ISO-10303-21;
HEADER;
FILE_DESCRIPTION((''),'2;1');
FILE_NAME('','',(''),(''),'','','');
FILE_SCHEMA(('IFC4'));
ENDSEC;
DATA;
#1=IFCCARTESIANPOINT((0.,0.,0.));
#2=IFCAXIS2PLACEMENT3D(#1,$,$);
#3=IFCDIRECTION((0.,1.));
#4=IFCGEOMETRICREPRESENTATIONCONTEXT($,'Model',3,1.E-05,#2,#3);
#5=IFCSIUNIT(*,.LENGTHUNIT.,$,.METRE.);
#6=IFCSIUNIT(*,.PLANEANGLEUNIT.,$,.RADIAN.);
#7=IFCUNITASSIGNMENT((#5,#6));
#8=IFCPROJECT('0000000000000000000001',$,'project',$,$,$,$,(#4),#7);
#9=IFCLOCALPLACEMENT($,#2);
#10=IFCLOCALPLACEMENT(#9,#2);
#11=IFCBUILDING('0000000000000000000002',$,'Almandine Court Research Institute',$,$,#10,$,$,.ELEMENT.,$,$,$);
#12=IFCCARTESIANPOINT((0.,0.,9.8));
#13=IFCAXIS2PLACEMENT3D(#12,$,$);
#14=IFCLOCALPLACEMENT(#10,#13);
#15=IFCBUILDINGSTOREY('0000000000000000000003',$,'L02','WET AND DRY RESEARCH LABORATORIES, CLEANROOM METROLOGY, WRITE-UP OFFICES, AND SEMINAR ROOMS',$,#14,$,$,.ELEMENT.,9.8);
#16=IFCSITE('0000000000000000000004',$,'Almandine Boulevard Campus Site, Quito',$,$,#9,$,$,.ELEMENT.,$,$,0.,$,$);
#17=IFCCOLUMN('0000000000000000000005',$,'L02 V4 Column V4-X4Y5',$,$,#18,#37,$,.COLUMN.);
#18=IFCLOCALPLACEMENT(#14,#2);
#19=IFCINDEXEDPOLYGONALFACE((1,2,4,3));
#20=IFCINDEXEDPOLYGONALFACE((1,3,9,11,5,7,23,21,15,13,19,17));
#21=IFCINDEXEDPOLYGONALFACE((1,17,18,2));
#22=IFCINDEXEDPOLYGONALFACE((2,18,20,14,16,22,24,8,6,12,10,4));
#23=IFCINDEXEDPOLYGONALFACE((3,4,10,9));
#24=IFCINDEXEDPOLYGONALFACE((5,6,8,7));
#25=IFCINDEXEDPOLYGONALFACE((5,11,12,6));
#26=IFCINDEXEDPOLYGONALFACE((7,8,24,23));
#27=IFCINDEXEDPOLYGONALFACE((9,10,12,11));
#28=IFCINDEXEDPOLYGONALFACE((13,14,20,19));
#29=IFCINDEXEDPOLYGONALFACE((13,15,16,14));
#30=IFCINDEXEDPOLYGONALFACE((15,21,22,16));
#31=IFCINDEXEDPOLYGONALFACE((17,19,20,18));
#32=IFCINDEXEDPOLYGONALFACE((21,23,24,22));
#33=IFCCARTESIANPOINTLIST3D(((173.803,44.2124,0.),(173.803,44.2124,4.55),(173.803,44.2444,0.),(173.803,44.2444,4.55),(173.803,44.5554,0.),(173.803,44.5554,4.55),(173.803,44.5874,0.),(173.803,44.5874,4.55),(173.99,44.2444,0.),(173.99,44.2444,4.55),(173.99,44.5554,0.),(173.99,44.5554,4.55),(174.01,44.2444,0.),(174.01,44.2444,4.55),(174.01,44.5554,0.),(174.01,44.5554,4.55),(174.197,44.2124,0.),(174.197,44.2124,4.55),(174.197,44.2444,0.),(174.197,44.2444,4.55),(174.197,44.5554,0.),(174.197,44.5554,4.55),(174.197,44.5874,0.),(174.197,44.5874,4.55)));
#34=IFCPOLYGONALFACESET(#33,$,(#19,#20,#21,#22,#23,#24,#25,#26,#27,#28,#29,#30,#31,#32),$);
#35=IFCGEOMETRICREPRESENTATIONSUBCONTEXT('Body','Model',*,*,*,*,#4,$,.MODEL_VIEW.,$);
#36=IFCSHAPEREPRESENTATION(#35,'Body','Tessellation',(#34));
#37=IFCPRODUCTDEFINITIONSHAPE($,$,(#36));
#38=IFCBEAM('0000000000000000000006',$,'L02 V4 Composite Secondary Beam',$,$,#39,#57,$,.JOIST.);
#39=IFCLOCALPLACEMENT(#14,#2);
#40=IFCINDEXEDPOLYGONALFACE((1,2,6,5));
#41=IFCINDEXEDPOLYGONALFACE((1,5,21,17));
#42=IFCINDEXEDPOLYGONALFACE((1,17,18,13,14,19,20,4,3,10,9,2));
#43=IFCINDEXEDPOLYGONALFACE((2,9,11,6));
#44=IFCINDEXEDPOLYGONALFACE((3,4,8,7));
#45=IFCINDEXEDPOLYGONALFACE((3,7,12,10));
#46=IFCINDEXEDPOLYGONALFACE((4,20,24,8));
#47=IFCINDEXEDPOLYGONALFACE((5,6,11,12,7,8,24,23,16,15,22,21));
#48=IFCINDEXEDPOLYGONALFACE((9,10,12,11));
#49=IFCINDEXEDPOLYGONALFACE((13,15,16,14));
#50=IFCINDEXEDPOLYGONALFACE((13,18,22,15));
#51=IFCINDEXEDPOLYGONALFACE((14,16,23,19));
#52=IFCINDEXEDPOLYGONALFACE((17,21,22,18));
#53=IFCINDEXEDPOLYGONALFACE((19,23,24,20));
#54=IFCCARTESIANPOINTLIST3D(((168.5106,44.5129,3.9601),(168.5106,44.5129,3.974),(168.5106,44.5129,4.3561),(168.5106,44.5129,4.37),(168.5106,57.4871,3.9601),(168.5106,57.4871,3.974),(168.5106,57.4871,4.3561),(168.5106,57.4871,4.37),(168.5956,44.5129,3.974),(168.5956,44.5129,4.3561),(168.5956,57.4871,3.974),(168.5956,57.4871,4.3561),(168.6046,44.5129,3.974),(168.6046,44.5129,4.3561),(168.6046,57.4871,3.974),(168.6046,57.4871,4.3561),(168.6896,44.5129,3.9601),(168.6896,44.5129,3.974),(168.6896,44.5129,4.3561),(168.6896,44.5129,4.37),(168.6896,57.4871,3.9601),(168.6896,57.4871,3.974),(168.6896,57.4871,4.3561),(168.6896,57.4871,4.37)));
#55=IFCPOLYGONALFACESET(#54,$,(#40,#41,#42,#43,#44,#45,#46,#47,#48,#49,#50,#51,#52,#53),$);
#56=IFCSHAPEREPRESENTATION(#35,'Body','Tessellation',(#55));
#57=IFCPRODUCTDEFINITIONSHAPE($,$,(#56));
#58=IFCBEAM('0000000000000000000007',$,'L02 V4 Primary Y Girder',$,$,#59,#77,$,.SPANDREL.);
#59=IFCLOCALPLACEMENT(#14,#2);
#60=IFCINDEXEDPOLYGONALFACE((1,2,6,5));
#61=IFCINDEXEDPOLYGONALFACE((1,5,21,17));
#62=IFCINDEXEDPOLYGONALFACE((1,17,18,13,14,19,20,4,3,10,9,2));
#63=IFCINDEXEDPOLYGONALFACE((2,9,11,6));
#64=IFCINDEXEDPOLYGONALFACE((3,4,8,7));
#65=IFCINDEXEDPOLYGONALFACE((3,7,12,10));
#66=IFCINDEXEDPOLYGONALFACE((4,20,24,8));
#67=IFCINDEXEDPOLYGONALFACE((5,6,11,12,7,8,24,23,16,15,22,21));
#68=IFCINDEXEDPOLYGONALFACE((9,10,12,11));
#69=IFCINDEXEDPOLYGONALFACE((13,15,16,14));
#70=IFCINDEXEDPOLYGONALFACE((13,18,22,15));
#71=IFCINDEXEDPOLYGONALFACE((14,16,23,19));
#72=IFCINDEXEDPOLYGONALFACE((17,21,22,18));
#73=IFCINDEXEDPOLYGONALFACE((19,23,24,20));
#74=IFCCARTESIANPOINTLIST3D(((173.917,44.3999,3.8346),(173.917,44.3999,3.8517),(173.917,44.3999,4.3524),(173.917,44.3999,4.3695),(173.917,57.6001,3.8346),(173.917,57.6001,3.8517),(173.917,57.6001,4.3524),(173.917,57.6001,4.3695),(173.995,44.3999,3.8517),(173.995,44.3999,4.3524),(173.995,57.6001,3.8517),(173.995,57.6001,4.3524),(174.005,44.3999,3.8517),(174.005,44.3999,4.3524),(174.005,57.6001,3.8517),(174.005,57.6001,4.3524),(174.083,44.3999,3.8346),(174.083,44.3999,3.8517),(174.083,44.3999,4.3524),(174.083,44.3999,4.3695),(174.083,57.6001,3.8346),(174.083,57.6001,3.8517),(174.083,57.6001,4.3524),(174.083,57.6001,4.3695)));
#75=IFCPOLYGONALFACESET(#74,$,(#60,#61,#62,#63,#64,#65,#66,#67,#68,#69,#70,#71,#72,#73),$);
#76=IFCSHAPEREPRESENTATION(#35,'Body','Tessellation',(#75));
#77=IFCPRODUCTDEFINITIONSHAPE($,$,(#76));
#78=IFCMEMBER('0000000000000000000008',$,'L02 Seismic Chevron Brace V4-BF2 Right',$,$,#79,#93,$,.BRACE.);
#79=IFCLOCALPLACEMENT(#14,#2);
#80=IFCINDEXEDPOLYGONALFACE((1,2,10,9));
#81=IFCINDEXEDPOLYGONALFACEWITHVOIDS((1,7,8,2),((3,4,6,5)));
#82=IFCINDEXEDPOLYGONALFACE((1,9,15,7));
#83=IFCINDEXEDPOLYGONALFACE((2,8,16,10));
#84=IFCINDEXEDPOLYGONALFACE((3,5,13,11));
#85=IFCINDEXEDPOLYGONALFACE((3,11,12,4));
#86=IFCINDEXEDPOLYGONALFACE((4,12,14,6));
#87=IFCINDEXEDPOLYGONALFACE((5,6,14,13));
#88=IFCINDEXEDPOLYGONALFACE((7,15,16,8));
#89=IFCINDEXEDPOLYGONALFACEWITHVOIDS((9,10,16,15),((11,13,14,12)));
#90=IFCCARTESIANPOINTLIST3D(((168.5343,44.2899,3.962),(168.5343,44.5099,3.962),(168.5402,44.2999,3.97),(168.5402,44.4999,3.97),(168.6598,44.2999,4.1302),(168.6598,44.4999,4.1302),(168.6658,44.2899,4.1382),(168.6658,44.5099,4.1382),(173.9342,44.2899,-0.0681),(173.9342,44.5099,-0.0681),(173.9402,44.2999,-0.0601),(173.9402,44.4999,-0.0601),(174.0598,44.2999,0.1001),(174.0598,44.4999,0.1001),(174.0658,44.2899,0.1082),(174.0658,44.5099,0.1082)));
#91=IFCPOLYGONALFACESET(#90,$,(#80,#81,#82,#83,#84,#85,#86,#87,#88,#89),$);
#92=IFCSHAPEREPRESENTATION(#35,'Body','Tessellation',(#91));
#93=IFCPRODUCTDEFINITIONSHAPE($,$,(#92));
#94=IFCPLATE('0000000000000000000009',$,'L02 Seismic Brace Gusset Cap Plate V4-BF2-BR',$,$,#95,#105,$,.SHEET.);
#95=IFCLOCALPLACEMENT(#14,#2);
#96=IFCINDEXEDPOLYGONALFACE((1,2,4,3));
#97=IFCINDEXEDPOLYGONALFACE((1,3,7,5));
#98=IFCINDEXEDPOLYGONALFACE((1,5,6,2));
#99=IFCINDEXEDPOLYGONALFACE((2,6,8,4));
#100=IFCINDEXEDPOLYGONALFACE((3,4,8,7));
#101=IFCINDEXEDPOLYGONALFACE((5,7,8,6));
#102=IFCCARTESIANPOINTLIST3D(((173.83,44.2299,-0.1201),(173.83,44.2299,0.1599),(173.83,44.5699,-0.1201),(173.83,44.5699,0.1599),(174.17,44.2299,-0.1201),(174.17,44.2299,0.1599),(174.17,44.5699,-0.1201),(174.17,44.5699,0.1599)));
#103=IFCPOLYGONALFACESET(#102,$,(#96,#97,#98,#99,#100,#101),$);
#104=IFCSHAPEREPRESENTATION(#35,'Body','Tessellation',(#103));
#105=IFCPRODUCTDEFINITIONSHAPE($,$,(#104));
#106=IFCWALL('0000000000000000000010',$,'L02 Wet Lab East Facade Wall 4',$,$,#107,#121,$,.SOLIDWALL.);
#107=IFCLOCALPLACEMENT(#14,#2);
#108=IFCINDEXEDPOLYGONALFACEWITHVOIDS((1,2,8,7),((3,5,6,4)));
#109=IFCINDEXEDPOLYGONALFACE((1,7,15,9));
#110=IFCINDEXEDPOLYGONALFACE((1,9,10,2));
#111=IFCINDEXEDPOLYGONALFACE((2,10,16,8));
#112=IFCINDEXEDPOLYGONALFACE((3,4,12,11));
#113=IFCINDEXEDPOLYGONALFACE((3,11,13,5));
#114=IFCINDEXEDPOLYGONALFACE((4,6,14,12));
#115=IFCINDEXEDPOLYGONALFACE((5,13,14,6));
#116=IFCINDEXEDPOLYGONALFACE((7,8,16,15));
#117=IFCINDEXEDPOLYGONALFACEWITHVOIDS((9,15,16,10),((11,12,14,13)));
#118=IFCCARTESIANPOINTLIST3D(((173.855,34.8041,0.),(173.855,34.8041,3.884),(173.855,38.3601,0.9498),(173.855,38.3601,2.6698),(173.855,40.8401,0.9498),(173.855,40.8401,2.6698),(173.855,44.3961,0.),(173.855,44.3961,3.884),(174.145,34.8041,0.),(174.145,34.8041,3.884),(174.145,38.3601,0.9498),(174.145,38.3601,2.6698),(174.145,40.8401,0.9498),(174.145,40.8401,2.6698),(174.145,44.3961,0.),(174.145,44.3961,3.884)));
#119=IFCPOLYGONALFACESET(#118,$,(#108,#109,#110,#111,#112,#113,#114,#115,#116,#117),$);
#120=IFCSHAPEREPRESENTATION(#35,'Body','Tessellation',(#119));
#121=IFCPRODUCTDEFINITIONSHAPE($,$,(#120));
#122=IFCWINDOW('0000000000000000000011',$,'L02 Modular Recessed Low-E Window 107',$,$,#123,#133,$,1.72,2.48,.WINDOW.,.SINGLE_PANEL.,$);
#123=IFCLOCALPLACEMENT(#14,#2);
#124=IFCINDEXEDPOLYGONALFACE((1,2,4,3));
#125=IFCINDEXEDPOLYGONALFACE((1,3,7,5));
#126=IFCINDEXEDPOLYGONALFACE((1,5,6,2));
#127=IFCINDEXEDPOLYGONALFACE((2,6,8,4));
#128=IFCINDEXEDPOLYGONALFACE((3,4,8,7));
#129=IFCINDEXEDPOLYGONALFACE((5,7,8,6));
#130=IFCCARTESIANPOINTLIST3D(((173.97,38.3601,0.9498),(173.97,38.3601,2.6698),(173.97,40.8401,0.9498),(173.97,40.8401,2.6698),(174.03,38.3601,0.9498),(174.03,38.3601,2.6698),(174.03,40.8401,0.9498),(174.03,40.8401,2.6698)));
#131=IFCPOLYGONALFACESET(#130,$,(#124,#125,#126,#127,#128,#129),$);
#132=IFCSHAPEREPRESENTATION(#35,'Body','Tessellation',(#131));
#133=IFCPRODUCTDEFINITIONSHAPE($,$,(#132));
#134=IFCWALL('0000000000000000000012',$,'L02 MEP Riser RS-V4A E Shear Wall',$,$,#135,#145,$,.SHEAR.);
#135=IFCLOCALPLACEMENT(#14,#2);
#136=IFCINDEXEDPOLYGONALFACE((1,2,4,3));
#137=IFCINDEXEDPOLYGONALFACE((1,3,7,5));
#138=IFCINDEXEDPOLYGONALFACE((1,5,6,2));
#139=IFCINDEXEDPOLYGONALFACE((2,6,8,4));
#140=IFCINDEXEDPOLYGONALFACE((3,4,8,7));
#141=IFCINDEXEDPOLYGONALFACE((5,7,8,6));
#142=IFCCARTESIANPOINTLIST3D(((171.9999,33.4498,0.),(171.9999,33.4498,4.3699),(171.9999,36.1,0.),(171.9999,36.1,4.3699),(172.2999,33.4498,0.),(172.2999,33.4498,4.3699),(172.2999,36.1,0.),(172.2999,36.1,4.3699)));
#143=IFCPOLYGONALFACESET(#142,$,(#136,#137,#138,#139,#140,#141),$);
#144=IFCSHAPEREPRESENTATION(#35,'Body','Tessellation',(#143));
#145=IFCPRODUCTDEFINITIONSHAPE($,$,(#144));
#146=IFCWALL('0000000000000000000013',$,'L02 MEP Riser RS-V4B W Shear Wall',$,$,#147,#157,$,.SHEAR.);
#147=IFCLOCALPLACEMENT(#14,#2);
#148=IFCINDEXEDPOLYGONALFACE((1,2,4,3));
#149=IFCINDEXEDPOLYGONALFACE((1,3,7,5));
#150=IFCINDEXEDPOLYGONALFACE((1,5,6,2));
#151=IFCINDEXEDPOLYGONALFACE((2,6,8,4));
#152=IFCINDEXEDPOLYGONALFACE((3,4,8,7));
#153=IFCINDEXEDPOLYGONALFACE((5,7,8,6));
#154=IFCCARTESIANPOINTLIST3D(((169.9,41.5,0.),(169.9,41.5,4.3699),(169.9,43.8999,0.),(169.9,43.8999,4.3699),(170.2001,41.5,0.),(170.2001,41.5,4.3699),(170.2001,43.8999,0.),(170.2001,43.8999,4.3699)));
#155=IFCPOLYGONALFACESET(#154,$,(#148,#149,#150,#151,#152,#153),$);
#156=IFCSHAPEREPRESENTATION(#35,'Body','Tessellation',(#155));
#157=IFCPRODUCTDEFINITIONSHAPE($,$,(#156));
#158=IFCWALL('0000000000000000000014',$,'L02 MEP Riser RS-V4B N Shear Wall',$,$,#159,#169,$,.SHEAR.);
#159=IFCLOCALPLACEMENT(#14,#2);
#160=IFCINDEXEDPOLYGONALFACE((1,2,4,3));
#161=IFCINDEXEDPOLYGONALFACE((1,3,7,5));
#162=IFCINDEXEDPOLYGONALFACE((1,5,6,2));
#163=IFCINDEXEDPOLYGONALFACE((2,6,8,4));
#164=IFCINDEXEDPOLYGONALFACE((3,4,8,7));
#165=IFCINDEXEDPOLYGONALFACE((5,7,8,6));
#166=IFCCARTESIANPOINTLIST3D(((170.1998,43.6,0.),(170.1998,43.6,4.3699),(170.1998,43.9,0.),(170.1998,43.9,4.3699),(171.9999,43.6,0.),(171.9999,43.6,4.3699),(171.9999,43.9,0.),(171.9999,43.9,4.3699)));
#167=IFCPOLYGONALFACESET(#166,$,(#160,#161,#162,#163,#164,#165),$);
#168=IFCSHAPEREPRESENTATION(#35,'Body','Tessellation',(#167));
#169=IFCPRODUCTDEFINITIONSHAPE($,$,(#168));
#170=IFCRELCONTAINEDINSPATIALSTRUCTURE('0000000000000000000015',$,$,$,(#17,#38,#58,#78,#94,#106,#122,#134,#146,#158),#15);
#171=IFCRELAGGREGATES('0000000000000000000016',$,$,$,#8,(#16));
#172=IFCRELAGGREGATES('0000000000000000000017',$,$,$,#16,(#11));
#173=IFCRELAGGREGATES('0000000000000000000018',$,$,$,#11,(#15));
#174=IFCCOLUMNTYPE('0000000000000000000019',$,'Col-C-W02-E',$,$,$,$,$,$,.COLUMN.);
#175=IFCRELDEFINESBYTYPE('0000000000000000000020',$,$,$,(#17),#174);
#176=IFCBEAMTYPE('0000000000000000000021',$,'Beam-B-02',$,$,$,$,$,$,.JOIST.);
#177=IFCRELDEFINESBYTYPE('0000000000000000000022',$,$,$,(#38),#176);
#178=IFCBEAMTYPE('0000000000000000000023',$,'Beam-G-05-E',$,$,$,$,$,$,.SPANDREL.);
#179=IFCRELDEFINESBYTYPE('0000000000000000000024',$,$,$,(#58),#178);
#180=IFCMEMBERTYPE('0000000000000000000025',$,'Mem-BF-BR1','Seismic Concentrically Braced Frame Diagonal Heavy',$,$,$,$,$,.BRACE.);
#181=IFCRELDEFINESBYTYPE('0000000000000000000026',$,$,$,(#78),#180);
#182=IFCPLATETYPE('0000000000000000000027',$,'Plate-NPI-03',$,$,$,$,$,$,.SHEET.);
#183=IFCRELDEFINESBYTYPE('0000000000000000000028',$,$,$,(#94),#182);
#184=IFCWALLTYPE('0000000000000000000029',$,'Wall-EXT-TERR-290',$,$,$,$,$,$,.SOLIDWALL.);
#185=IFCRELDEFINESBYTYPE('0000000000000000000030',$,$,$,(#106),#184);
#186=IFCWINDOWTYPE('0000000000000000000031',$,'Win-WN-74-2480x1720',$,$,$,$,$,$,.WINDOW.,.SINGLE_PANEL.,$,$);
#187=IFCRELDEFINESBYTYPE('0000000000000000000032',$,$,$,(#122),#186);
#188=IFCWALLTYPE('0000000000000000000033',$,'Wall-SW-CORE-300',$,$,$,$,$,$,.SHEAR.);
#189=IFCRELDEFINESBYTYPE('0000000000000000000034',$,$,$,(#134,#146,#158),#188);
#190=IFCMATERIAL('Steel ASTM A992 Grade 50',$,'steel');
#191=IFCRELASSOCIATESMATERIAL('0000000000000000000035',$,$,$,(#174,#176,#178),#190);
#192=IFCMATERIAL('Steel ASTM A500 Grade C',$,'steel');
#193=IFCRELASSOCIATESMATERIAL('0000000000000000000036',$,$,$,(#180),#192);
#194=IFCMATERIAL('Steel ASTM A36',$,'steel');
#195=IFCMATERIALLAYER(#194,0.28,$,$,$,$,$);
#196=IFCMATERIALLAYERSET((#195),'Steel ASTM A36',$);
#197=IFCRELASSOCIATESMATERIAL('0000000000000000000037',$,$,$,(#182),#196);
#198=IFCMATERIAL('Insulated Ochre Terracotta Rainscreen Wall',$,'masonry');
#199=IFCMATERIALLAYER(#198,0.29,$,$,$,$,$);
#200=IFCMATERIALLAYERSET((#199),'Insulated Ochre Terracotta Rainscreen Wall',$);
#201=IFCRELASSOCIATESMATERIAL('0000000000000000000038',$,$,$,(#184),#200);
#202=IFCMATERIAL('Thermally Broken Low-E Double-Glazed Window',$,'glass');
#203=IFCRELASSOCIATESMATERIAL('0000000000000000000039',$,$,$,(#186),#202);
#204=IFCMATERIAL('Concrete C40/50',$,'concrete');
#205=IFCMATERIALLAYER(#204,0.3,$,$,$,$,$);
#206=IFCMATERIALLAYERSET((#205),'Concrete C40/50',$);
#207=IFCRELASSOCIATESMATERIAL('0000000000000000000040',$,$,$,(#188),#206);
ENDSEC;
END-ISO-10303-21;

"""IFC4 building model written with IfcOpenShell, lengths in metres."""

from ifc_helpers import new_model, si_unit, direction, frame, frame_2d, origin, origin_2d, place, context, subcontext, project, spatial, rectangle, hollow_rectangle, i_section, extrude, material, layer, layer_set, material_profile, profile_set, type_object, element, fill, save


model = new_model("IFC4")

# Units and contexts
model_context = context("Model", 3, precision=1e-05, world=origin(), true_north=direction((0.0, 1.0)))
body_context = subcontext(model_context, "Body", "Model", "MODEL_VIEW")
ifc_project = project(units=[si_unit("LENGTHUNIT", "METRE"), si_unit("PLANEANGLEUNIT", "RADIAN")], contexts=[model_context])

# Site, building, storey
site_placement = place(None, origin())
site = spatial("IfcSite", under=ifc_project, at=site_placement, Name="Almandine Boulevard Campus Site, Quito", CompositionType="ELEMENT", RefElevation=0.0)
building_placement = place(site_placement, origin())
building = spatial("IfcBuilding", under=site, at=building_placement, Name="Almandine Court Research Institute", CompositionType="ELEMENT")
storey_placement = place(building_placement, frame((0.0, 0.0, 9.8)))
storey = spatial("IfcBuildingStorey", under=building, at=storey_placement, Name="L02", Description="WET AND DRY RESEARCH LABORATORIES, CLEANROOM METROLOGY, WRITE-UP OFFICES, AND SEMINAR ROOMS", CompositionType="ELEMENT", Elevation=9.8)

# Column
ifc_material_1 = material(Name="Steel ASTM A992 Grade 50", Category="steel")
ifc_material_profile_1 = material_profile(ifc_material_1, i_section(OverallWidth=0.394, OverallDepth=0.375, WebThickness=0.02, FlangeThickness=0.032, at=origin_2d()), Name="W360x216")
ifc_profile_set_1 = profile_set([ifc_material_profile_1], Name="Steel ASTM A992 Grade 50")
column_type = type_object("IfcColumnType", Name="Col-C-W02-E", PredefinedType="COLUMN", material=ifc_profile_set_1)
column_placement = place(storey_placement, frame((174.0, 44.3999, 0.0), z_axis=(0.0, 0.0, 1.0), x_axis=(1.0, 0.0, 0.0)))
element("IfcColumn", 1, at=column_placement, inside=storey, type_object=column_type, Name="L02 V4 Column V4-X4Y5", PredefinedType="COLUMN", context=body_context, shape_type="SweptSolid", body=[
    extrude(i_section(OverallWidth=0.394, OverallDepth=0.375, WebThickness=0.02, FlangeThickness=0.032, at=origin_2d()), origin(), (0.0, 0.0, 1.0), 4.55),
])

# Beams
ifc_material_profile_2 = material_profile(ifc_material_1, i_section(OverallWidth=0.179, OverallDepth=0.4099, WebThickness=0.009, FlangeThickness=0.0139, at=origin_2d()), Name="W410x67")
ifc_profile_set_2 = profile_set([ifc_material_profile_2], Name="Steel ASTM A992 Grade 50")
beam_type_1 = type_object("IfcBeamType", Name="Beam-B-02", PredefinedType="JOIST", material=ifc_profile_set_2)
beam_1_placement = place(storey_placement, frame((168.6001, 44.5129, 4.165), z_axis=(0.0, 1.0, 0.0), x_axis=(-1.0, 0.0, 0.0)))
element("IfcBeam", 2, at=beam_1_placement, inside=storey, type_object=beam_type_1, Name="L02 V4 Composite Secondary Beam", PredefinedType="JOIST", context=body_context, shape_type="SweptSolid", body=[
    extrude(i_section(OverallWidth=0.179, OverallDepth=0.4099, WebThickness=0.009, FlangeThickness=0.0139, at=origin_2d()), origin(), (0.0, 0.0, 1.0), 12.9741),
])
ifc_material_profile_3 = material_profile(ifc_material_1, i_section(OverallWidth=0.166, OverallDepth=0.5349, WebThickness=0.01, FlangeThickness=0.0171, at=origin_2d()), Name="W530x85")
ifc_profile_set_3 = profile_set([ifc_material_profile_3], Name="Steel ASTM A992 Grade 50")
beam_type_2 = type_object("IfcBeamType", Name="Beam-G-05-E", PredefinedType="SPANDREL", material=ifc_profile_set_3)
beam_2_placement = place(storey_placement, frame((174.0, 44.3999, 4.1021), z_axis=(0.0, 1.0, 0.0), x_axis=(-1.0, 0.0, 0.0)))
element("IfcBeam", 3, at=beam_2_placement, inside=storey, type_object=beam_type_2, Name="L02 V4 Primary Y Girder", PredefinedType="SPANDREL", context=body_context, shape_type="SweptSolid", body=[
    extrude(i_section(OverallWidth=0.166, OverallDepth=0.5349, WebThickness=0.01, FlangeThickness=0.0171, at=origin_2d()), origin(), (0.0, 0.0, 1.0), 13.2002),
])

# Member
ifc_material_2 = material(Name="Steel ASTM A500 Grade C", Category="steel")
ifc_material_profile_4 = material_profile(ifc_material_2, hollow_rectangle(XDim=0.22, YDim=0.22, WallThickness=0.01, at=origin_2d()), Name="HSS 220x220x10")
ifc_profile_set_4 = profile_set([ifc_material_profile_4], Name="Steel ASTM A500 Grade C")
member_type = type_object("IfcMemberType", Name="Mem-BF-BR1", Description="Seismic Concentrically Braced Frame Diagonal Heavy", PredefinedType="BRACE", material=ifc_profile_set_4)
member_placement = place(storey_placement, frame((174.0, 44.3999, 0.02), z_axis=(-0.801415, 0.0, 0.598108), x_axis=(0.0, -1.0, 0.0)))
element("IfcMember", 4, at=member_placement, inside=storey, type_object=member_type, Name="L02 Seismic Chevron Brace V4-BF2 Right", PredefinedType="BRACE", context=body_context, shape_type="SweptSolid", body=[
    extrude(hollow_rectangle(XDim=0.22, YDim=0.22, WallThickness=0.01, at=origin_2d()), origin(), (0.0, 0.0, 1.0), 6.738),
])

# Plate
ifc_material_3 = material(Name="Steel ASTM A36", Category="steel")
ifc_layer_1 = layer(ifc_material_3, 0.28)
ifc_layer_set_1 = layer_set([ifc_layer_1], Name="Steel ASTM A36")
plate_type = type_object("IfcPlateType", Name="Plate-NPI-03", PredefinedType="SHEET", material=ifc_layer_set_1)
plate_placement = place(storey_placement, frame((174.0, 44.3999, -0.1201), z_axis=(0.0, 0.0, 1.0), x_axis=(1.0, 0.0, 0.0)))
element("IfcPlate", 5, at=plate_placement, inside=storey, type_object=plate_type, Name="L02 Seismic Brace Gusset Cap Plate V4-BF2-BR", PredefinedType="SHEET", context=body_context, shape_type="SweptSolid", body=[
    extrude(rectangle(XDim=0.3401, YDim=0.3401, at=origin_2d()), origin(), (0.0, 0.0, 1.0), 0.28),
])

# Wall, opening, window
ifc_material_4 = material(Name="Insulated Ochre Terracotta Rainscreen Wall", Category="masonry")
ifc_layer_2 = layer(ifc_material_4, 0.29)
ifc_layer_set_2 = layer_set([ifc_layer_2], Name="Insulated Ochre Terracotta Rainscreen Wall")
wall_type_1 = type_object("IfcWallType", Name="Wall-EXT-TERR-290", PredefinedType="SOLIDWALL", material=ifc_layer_set_2)
wall_1_placement = place(storey_placement, frame((174.0, 44.396, 0.0), z_axis=(0.0, 0.0, 1.0), x_axis=(0.0, -1.0, 0.0)))
wall_1 = element("IfcWall", 6, at=wall_1_placement, inside=storey, type_object=wall_type_1, Name="L02 Wet Lab East Facade Wall 4", PredefinedType="SOLIDWALL", context=body_context, shape_type="SweptSolid", body=[
    extrude(rectangle(XDim=9.592, YDim=0.29, at=frame_2d((4.7959, 0.0))), origin(), (0.0, 0.0, 1.0), 3.884),
])
opening_1_placement = place(wall_1_placement, frame((3.5559, 0.0, 0.95)))
opening_1 = element("IfcOpeningElement", 7, at=opening_1_placement, cuts=wall_1, PredefinedType="OPENING", context=body_context, shape_type="SweptSolid", body=[
    extrude(rectangle(XDim=2.48, YDim=1.72, at=frame_2d((1.24, 0.8599))), frame((0.0, 0.155, 0.0), z_axis=(0.0, -1.0, 0.0), x_axis=(1.0, 0.0, 0.0)), (0.0, 0.0, 1.0), 0.3101),
])
ifc_material_5 = material(Name="Thermally Broken Low-E Double-Glazed Window", Category="glass")
window_type = type_object("IfcWindowType", Name="Win-WN-74-2480x1720", PartitioningType="SINGLE_PANEL", PredefinedType="WINDOW", material=ifc_material_5)
window_placement = place(opening_1_placement, origin())
window = element("IfcWindow", 8, at=window_placement, inside=storey, type_object=window_type, Name="L02 Modular Recessed Low-E Window 107", OverallHeight=1.72, OverallWidth=2.48, PartitioningType="SINGLE_PANEL", PredefinedType="WINDOW", context=body_context, shape_type="SweptSolid", body=[
    extrude(rectangle(XDim=2.48, YDim=1.72, at=frame_2d((1.24, 0.8599))), frame((0.0, 0.03, 0.0), z_axis=(0.0, -1.0, 0.0), x_axis=(1.0, 0.0, 0.0)), (0.0, 0.0, 1.0), 0.0601),
])
fill(opening_1, window)

# Walls
ifc_material_6 = material(Name="Concrete C40/50", Category="concrete")
ifc_layer_3 = layer(ifc_material_6, 0.3)
ifc_layer_set_3 = layer_set([ifc_layer_3], Name="Concrete C40/50")
wall_type_2 = type_object("IfcWallType", Name="Wall-SW-CORE-300", PredefinedType="SHEAR", material=ifc_layer_set_3)
wall_2_placement = place(storey_placement, frame((172.1499, 36.1001, 0.0), z_axis=(0.0, 0.0, 1.0), x_axis=(0.0, -1.0, 0.0)))
element("IfcWall", 9, at=wall_2_placement, inside=storey, type_object=wall_type_2, Name="L02 MEP Riser RS-V4A E Shear Wall", PredefinedType="SHEAR", context=body_context, shape_type="SweptSolid", body=[
    extrude(rectangle(XDim=2.6501, YDim=0.3, at=frame_2d((1.3252, 0.0))), origin(), (0.0, 0.0, 1.0), 4.3699),
])
wall_3_placement = place(storey_placement, frame((170.05, 41.5, 0.0), z_axis=(0.0, 0.0, 1.0), x_axis=(0.0, 1.0, 0.0)))
element("IfcWall", 10, at=wall_3_placement, inside=storey, type_object=wall_type_2, Name="L02 MEP Riser RS-V4B W Shear Wall", PredefinedType="SHEAR", context=body_context, shape_type="SweptSolid", body=[
    extrude(rectangle(XDim=2.3999, YDim=0.3, at=frame_2d((1.2, 0.0))), origin(), (0.0, 0.0, 1.0), 4.3699),
])
wall_4_placement = place(storey_placement, frame((170.2, 43.75, 0.0), z_axis=(0.0, 0.0, 1.0), x_axis=(1.0, 0.0, 0.0)))
element("IfcWall", 11, at=wall_4_placement, inside=storey, type_object=wall_type_2, Name="L02 MEP Riser RS-V4B N Shear Wall", PredefinedType="SHEAR", context=body_context, shape_type="SweptSolid", body=[
    extrude(rectangle(XDim=1.8, YDim=0.3, at=frame_2d((0.8999, 0.0))), origin(), (0.0, 0.0, 1.0), 4.3699),
])

save(model, "model.ifc")
